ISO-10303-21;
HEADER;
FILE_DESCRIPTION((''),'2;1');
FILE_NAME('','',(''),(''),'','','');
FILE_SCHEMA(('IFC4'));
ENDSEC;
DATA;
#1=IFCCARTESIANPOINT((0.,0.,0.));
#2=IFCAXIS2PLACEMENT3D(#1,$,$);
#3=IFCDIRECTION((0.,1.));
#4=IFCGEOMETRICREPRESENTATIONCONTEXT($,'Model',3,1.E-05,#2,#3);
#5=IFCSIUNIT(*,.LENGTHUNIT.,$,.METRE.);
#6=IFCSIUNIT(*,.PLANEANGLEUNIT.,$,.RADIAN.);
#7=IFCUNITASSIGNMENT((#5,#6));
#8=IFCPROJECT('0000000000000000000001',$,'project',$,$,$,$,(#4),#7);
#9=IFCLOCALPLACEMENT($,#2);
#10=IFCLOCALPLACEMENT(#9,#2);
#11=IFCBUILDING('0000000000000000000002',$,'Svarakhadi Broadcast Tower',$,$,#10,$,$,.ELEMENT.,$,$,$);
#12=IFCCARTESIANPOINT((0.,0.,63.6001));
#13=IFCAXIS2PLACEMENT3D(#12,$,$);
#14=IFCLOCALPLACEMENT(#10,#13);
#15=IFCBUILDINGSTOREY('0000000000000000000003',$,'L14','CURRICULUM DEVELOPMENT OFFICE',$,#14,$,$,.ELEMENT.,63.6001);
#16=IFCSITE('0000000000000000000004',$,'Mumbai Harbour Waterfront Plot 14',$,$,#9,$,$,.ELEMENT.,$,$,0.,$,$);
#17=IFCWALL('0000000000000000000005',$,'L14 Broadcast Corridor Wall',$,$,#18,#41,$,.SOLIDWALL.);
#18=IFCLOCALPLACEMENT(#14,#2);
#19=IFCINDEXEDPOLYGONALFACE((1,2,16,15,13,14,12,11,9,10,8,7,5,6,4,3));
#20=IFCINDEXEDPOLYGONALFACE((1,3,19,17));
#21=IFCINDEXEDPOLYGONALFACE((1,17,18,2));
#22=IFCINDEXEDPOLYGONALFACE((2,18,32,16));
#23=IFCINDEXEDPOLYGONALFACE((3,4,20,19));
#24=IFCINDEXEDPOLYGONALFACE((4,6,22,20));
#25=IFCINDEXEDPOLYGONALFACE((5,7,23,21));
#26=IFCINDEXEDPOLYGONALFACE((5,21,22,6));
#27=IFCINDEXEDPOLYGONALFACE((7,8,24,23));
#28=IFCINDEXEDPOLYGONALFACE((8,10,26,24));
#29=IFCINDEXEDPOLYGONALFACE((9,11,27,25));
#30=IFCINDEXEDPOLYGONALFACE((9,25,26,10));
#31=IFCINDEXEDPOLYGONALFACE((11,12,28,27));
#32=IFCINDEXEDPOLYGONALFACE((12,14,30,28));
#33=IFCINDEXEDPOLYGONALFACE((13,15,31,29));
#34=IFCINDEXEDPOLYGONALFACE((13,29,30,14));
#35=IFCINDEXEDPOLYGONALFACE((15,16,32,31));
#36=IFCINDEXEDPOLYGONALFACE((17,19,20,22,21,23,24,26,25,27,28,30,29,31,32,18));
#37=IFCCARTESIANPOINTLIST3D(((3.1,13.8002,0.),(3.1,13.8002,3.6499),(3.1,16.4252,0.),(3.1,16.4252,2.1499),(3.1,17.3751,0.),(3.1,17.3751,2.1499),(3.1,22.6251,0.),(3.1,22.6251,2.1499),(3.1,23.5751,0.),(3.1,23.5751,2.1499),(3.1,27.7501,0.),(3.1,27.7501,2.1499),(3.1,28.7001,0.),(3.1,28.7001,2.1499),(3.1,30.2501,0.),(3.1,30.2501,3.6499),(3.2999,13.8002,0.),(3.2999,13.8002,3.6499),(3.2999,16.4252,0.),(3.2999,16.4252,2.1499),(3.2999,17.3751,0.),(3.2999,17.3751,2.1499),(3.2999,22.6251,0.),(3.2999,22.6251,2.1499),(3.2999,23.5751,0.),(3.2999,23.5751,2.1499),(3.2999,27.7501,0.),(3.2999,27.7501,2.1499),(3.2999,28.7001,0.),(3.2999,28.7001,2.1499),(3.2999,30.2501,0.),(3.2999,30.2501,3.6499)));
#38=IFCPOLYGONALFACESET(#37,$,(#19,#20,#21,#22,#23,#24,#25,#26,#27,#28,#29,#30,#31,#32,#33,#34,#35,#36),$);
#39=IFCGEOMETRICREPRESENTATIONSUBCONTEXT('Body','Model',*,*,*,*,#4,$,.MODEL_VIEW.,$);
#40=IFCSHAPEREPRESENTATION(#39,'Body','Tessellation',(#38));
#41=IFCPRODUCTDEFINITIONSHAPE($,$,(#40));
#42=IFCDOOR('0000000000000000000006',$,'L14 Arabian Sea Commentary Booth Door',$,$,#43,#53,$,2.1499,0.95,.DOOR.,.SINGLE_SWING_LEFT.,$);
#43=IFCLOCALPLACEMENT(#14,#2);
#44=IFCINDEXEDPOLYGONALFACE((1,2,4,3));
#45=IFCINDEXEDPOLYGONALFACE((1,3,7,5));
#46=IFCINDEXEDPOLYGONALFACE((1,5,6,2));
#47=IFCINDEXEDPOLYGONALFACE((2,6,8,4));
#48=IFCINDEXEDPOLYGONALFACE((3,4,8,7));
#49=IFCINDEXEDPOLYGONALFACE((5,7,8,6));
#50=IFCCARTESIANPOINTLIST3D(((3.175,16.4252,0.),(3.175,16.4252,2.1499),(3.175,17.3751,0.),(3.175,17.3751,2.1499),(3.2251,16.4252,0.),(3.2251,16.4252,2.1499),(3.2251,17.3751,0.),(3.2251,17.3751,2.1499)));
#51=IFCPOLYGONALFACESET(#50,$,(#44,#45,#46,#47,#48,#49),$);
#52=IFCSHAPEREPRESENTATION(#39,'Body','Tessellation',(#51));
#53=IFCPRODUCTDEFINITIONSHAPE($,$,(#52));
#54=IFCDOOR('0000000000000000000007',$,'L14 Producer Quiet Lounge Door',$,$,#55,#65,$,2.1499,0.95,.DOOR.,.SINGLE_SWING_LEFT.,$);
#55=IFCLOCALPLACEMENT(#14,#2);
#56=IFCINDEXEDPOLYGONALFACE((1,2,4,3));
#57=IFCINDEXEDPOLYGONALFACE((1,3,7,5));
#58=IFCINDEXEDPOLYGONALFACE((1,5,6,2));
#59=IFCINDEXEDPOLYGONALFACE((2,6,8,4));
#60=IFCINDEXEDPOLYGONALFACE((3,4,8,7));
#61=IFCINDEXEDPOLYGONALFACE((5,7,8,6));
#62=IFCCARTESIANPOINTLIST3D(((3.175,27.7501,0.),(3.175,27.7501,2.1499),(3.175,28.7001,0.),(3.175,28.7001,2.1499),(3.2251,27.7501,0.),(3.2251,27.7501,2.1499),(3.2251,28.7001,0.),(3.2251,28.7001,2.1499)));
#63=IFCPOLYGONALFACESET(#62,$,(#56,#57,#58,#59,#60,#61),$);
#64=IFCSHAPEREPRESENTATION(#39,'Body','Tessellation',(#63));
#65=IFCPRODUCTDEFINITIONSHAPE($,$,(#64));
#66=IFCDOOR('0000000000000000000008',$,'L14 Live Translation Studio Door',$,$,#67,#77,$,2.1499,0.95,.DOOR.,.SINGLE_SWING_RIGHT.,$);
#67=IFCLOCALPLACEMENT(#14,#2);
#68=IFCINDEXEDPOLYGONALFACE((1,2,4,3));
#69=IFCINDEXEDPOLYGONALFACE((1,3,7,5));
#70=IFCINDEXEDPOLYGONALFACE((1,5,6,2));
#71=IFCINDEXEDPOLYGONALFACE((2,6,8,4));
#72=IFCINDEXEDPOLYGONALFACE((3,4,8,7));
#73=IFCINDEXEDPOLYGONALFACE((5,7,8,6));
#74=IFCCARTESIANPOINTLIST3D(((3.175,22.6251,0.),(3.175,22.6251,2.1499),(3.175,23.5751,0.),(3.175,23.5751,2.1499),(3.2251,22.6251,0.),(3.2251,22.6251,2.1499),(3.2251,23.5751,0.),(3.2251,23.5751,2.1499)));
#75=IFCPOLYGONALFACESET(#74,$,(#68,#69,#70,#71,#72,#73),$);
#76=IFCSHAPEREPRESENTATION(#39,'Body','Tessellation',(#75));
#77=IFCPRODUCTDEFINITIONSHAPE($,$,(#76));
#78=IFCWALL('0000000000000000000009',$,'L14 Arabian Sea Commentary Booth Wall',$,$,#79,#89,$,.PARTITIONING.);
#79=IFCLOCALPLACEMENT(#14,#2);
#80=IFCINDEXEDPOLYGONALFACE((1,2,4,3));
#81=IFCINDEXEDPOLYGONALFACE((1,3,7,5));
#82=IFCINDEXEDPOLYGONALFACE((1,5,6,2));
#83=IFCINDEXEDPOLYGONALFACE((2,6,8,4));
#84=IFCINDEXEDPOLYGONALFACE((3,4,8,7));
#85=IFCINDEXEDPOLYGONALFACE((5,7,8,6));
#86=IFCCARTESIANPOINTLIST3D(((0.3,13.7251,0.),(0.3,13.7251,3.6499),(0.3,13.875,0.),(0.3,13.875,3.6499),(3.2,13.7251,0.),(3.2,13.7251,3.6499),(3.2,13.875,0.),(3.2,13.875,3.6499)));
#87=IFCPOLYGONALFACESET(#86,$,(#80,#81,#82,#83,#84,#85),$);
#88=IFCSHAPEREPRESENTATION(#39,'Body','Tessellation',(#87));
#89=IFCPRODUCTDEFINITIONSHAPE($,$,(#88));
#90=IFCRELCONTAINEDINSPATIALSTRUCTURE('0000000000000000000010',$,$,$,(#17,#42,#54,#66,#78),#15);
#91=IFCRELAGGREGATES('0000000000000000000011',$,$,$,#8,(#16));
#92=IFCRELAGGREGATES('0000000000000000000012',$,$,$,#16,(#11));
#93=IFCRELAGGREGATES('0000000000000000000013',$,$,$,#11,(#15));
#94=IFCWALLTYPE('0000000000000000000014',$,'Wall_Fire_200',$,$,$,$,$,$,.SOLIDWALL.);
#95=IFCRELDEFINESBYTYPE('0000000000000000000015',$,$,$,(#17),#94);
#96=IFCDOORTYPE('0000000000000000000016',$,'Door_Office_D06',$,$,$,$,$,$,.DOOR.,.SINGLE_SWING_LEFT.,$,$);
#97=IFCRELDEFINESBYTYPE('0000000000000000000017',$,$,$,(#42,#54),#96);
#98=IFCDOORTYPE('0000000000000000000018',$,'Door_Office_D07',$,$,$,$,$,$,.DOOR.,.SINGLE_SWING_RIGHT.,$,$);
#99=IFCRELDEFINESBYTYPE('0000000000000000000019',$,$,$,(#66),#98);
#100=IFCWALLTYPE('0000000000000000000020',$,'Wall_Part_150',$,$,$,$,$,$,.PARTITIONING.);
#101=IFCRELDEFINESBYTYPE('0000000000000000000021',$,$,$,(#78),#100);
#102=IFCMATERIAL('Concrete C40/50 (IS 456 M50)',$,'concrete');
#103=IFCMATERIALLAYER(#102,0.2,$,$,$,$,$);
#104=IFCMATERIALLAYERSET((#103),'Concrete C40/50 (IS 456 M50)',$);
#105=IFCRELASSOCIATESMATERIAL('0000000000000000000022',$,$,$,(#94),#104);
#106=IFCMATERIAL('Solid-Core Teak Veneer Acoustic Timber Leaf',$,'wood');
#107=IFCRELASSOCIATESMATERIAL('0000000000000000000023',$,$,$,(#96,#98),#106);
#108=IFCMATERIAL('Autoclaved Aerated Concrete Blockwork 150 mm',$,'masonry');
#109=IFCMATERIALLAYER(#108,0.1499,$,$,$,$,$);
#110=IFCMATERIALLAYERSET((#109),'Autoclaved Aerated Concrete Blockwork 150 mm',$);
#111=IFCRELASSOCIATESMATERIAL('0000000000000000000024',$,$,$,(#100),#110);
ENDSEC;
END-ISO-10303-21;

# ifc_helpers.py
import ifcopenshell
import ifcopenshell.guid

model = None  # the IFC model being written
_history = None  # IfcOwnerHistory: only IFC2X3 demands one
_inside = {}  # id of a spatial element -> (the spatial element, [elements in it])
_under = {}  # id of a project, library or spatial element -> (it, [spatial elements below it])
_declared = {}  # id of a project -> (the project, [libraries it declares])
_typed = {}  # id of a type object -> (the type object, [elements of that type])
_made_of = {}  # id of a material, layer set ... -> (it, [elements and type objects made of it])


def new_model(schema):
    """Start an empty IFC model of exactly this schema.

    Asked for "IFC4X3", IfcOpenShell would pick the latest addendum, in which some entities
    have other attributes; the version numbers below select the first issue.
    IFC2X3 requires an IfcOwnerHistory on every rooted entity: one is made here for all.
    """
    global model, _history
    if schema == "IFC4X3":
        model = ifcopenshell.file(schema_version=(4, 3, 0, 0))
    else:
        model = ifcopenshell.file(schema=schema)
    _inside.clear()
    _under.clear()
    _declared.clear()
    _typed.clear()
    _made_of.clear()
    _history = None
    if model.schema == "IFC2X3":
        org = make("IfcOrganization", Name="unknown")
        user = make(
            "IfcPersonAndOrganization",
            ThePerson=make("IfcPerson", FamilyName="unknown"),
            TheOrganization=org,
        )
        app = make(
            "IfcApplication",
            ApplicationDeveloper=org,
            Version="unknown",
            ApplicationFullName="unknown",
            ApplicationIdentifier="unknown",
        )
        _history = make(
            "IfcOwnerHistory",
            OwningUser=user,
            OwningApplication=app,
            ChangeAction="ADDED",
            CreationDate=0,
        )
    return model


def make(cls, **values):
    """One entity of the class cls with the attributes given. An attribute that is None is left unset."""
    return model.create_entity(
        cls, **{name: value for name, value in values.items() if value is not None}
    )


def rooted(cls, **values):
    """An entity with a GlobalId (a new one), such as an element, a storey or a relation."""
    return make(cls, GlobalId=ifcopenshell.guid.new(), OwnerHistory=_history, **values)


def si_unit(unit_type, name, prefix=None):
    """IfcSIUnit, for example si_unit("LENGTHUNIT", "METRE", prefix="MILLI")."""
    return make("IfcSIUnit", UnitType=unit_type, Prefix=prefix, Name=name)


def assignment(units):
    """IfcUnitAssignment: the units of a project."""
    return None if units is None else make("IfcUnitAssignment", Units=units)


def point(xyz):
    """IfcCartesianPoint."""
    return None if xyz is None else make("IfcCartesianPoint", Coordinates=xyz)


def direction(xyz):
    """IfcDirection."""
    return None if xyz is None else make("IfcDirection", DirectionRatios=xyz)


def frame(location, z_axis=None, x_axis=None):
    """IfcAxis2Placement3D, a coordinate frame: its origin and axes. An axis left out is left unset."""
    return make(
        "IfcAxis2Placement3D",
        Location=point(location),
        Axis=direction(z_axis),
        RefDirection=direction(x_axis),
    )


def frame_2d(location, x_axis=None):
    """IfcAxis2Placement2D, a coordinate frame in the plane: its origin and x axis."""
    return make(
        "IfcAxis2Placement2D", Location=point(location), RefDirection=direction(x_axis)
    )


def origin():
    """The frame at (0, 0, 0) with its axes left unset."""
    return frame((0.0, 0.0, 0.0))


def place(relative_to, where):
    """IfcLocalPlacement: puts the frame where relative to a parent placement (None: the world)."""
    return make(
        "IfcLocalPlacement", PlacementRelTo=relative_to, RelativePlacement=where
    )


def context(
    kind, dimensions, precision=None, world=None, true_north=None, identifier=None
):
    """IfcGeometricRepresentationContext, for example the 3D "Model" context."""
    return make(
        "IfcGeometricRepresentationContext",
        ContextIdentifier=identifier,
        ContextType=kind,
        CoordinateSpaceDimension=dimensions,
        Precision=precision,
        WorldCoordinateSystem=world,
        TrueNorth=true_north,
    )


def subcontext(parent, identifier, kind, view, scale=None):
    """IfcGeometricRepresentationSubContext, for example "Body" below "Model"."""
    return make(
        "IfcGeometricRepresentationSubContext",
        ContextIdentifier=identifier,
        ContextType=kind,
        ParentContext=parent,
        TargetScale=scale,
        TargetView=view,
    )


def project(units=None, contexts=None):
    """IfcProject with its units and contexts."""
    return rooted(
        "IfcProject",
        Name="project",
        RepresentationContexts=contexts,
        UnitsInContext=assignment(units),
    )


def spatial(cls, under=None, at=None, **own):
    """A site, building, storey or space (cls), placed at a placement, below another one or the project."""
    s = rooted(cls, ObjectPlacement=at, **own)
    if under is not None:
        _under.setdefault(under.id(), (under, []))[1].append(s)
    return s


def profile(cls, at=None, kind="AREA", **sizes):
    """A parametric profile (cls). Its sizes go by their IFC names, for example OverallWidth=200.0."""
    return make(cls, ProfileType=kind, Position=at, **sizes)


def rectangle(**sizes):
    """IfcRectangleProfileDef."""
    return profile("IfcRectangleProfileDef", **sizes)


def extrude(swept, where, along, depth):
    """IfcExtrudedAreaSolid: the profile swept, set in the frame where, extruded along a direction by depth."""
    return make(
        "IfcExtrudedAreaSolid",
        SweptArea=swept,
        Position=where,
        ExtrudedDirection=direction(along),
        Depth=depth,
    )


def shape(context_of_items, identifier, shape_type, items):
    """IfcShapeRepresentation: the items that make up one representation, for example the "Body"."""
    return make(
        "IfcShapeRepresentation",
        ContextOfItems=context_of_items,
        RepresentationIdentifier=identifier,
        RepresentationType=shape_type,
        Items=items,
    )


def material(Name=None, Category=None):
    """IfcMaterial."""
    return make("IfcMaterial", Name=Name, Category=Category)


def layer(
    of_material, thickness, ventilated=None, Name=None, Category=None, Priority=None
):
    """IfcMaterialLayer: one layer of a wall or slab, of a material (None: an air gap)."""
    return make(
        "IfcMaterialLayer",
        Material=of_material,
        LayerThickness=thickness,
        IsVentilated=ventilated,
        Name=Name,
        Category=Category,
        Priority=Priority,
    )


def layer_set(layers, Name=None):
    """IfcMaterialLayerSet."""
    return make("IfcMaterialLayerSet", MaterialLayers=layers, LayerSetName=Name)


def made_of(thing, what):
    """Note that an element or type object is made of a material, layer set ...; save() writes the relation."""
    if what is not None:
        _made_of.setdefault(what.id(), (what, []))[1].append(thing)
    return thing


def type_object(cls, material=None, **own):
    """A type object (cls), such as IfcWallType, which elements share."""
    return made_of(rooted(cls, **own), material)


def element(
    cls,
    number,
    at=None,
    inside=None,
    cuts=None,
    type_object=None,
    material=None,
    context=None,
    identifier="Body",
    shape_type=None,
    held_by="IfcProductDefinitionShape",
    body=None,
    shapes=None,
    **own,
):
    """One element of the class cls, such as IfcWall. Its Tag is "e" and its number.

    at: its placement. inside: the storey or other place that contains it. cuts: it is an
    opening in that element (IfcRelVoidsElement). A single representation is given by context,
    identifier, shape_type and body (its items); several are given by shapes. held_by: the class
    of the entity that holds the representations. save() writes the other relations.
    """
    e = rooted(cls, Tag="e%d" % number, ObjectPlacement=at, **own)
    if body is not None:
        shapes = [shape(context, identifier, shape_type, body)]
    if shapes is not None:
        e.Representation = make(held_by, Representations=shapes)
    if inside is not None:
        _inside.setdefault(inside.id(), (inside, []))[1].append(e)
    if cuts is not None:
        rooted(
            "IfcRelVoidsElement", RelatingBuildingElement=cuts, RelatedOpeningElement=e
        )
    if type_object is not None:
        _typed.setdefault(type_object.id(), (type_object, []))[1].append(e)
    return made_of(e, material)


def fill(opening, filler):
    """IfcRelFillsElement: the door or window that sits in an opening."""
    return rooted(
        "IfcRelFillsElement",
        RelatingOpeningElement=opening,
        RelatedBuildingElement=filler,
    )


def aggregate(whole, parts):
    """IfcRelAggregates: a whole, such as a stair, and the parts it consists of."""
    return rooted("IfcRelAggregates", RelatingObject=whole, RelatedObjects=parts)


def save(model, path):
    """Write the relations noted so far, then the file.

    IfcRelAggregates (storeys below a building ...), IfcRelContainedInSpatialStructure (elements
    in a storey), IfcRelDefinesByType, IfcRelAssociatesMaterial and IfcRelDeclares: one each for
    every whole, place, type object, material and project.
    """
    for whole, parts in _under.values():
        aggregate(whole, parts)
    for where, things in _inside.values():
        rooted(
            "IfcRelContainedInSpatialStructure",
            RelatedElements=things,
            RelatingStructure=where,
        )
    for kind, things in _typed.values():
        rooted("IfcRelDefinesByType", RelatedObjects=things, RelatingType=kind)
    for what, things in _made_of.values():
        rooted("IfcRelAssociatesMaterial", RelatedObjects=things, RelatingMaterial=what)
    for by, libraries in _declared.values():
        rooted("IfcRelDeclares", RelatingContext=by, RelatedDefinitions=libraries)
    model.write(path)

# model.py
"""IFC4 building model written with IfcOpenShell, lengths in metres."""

from ifc_helpers import new_model, si_unit, direction, frame, frame_2d, origin, place, context, subcontext, project, spatial, rectangle, extrude, material, layer, layer_set, type_object, element, fill, save


model = new_model("IFC4")

# Units and contexts
model_context = context("Model", 3, precision=1e-05, world=origin(), true_north=direction((0.0, 1.0)))
body_context = subcontext(model_context, "Body", "Model", "MODEL_VIEW")
ifc_project = project(units=[si_unit("LENGTHUNIT", "METRE"), si_unit("PLANEANGLEUNIT", "RADIAN")], contexts=[model_context])

# Site, building, storey
site_placement = place(None, origin())
site = spatial("IfcSite", under=ifc_project, at=site_placement, Name="Mumbai Harbour Waterfront Plot 14", CompositionType="ELEMENT", RefElevation=0.0)
building_placement = place(site_placement, origin())
building = spatial("IfcBuilding", under=site, at=building_placement, Name="Svarakhadi Broadcast Tower", CompositionType="ELEMENT")
storey_placement = place(building_placement, frame((0.0, 0.0, 63.6001)))
storey = spatial("IfcBuildingStorey", under=building, at=storey_placement, Name="L14", Description="CURRICULUM DEVELOPMENT OFFICE", CompositionType="ELEMENT", Elevation=63.6001)

# Shared definitions
ifc_material_1 = material(Name="Concrete C40/50 (IS 456 M50)", Category="concrete")

# Shared definitions
ifc_layer_1 = layer(ifc_material_1, 0.2)
ifc_layer_set_1 = layer_set([ifc_layer_1], Name="Concrete C40/50 (IS 456 M50)")
wall_type_1 = type_object("IfcWallType", Name="Wall_Fire_200", PredefinedType="SOLIDWALL", material=ifc_layer_set_1)

# Wall, openings, doors
wall_1_placement = place(storey_placement, frame((3.2, 13.8, 0.0), z_axis=(0.0, 0.0, 1.0), x_axis=(0.0, 1.0, 0.0)))
wall_1 = element("IfcWall", 1, at=wall_1_placement, inside=storey, type_object=wall_type_1, Name="L14 Broadcast Corridor Wall", PredefinedType="SOLIDWALL", context=body_context, shape_type="SweptSolid", body=[
    extrude(rectangle(XDim=16.45, YDim=0.2, at=frame_2d((8.2251, 0.0))), origin(), (0.0, 0.0, 1.0), 3.6499),
])
opening_1_placement = place(wall_1_placement, frame((2.625, 0.0, 0.0)))
opening_1 = element("IfcOpeningElement", 2, at=opening_1_placement, cuts=wall_1, PredefinedType="OPENING", context=body_context, shape_type="SweptSolid", body=[
    extrude(rectangle(XDim=0.95, YDim=2.1499, at=frame_2d((0.4751, 1.075))), frame((0.0, 0.1099, 0.0), z_axis=(0.0, -1.0, 0.0), x_axis=(1.0, 0.0, 0.0)), (0.0, 0.0, 1.0), 0.22),
])
opening_2_placement = place(wall_1_placement, frame((8.825, 0.0, 0.0)))
opening_2 = element("IfcOpeningElement", 3, at=opening_2_placement, cuts=wall_1, PredefinedType="OPENING", context=body_context, shape_type="SweptSolid", body=[
    extrude(rectangle(XDim=0.95, YDim=2.1499, at=frame_2d((0.4751, 1.075))), frame((0.0, 0.1099, 0.0), z_axis=(0.0, -1.0, 0.0), x_axis=(1.0, 0.0, 0.0)), (0.0, 0.0, 1.0), 0.22),
])
opening_3_placement = place(wall_1_placement, frame((13.95, 0.0, 0.0)))
opening_3 = element("IfcOpeningElement", 4, at=opening_3_placement, cuts=wall_1, PredefinedType="OPENING", context=body_context, shape_type="SweptSolid", body=[
    extrude(rectangle(XDim=0.95, YDim=2.1499, at=frame_2d((0.4751, 1.075))), frame((0.0, 0.1099, 0.0), z_axis=(0.0, -1.0, 0.0), x_axis=(1.0, 0.0, 0.0)), (0.0, 0.0, 1.0), 0.22),
])
ifc_material_2 = material(Name="Solid-Core Teak Veneer Acoustic Timber Leaf", Category="wood")
door_type_1 = type_object("IfcDoorType", Name="Door_Office_D06", OperationType="SINGLE_SWING_LEFT", PredefinedType="DOOR", material=ifc_material_2)
door_1_placement = place(opening_1_placement, origin())
door_1 = element("IfcDoor", 5, at=door_1_placement, inside=storey, type_object=door_type_1, Name="L14 Arabian Sea Commentary Booth Door", OperationType="SINGLE_SWING_LEFT", OverallHeight=2.1499, OverallWidth=0.95, PredefinedType="DOOR", context=body_context, shape_type="SweptSolid", body=[
    extrude(rectangle(XDim=0.95, YDim=2.1499, at=frame_2d((0.4751, 1.075))), frame((0.0, 0.0249, 0.0), z_axis=(0.0, -1.0, 0.0), x_axis=(1.0, 0.0, 0.0)), (0.0, 0.0, 1.0), 0.05),
])
fill(opening_1, door_1)
door_2_placement = place(opening_3_placement, origin())
door_2 = element("IfcDoor", 6, at=door_2_placement, inside=storey, type_object=door_type_1, Name="L14 Producer Quiet Lounge Door", OperationType="SINGLE_SWING_LEFT", OverallHeight=2.1499, OverallWidth=0.95, PredefinedType="DOOR", context=body_context, shape_type="SweptSolid", body=[
    extrude(rectangle(XDim=0.95, YDim=2.1499, at=frame_2d((0.4751, 1.075))), frame((0.0, 0.0249, 0.0), z_axis=(0.0, -1.0, 0.0), x_axis=(1.0, 0.0, 0.0)), (0.0, 0.0, 1.0), 0.05),
])
fill(opening_3, door_2)
door_type_2 = type_object("IfcDoorType", Name="Door_Office_D07", OperationType="SINGLE_SWING_RIGHT", PredefinedType="DOOR", material=ifc_material_2)
door_3_placement = place(opening_2_placement, origin())
door_3 = element("IfcDoor", 7, at=door_3_placement, inside=storey, type_object=door_type_2, Name="L14 Live Translation Studio Door", OperationType="SINGLE_SWING_RIGHT", OverallHeight=2.1499, OverallWidth=0.95, PredefinedType="DOOR", context=body_context, shape_type="SweptSolid", body=[
    extrude(rectangle(XDim=0.95, YDim=2.1499, at=frame_2d((0.4751, 1.075))), frame((0.0, 0.0249, 0.0), z_axis=(0.0, -1.0, 0.0), x_axis=(1.0, 0.0, 0.0)), (0.0, 0.0, 1.0), 0.05),
])
fill(opening_2, door_3)

# Wall
ifc_material_3 = material(Name="Autoclaved Aerated Concrete Blockwork 150 mm", Category="masonry")
ifc_layer_2 = layer(ifc_material_3, 0.1499)
ifc_layer_set_2 = layer_set([ifc_layer_2], Name="Autoclaved Aerated Concrete Blockwork 150 mm")
wall_type_2 = type_object("IfcWallType", Name="Wall_Part_150", PredefinedType="PARTITIONING", material=ifc_layer_set_2)
wall_2_placement = place(storey_placement, frame((0.3, 13.8, 0.0), z_axis=(0.0, 0.0, 1.0), x_axis=(1.0, 0.0, 0.0)))
element("IfcWall", 8, at=wall_2_placement, inside=storey, type_object=wall_type_2, Name="L14 Arabian Sea Commentary Booth Wall", PredefinedType="PARTITIONING", context=body_context, shape_type="SweptSolid", body=[
    extrude(rectangle(XDim=2.8999, YDim=0.1499, at=frame_2d((1.45, 0.0))), origin(), (0.0, 0.0, 1.0), 3.6499),
])

save(model, "model.ifc")
